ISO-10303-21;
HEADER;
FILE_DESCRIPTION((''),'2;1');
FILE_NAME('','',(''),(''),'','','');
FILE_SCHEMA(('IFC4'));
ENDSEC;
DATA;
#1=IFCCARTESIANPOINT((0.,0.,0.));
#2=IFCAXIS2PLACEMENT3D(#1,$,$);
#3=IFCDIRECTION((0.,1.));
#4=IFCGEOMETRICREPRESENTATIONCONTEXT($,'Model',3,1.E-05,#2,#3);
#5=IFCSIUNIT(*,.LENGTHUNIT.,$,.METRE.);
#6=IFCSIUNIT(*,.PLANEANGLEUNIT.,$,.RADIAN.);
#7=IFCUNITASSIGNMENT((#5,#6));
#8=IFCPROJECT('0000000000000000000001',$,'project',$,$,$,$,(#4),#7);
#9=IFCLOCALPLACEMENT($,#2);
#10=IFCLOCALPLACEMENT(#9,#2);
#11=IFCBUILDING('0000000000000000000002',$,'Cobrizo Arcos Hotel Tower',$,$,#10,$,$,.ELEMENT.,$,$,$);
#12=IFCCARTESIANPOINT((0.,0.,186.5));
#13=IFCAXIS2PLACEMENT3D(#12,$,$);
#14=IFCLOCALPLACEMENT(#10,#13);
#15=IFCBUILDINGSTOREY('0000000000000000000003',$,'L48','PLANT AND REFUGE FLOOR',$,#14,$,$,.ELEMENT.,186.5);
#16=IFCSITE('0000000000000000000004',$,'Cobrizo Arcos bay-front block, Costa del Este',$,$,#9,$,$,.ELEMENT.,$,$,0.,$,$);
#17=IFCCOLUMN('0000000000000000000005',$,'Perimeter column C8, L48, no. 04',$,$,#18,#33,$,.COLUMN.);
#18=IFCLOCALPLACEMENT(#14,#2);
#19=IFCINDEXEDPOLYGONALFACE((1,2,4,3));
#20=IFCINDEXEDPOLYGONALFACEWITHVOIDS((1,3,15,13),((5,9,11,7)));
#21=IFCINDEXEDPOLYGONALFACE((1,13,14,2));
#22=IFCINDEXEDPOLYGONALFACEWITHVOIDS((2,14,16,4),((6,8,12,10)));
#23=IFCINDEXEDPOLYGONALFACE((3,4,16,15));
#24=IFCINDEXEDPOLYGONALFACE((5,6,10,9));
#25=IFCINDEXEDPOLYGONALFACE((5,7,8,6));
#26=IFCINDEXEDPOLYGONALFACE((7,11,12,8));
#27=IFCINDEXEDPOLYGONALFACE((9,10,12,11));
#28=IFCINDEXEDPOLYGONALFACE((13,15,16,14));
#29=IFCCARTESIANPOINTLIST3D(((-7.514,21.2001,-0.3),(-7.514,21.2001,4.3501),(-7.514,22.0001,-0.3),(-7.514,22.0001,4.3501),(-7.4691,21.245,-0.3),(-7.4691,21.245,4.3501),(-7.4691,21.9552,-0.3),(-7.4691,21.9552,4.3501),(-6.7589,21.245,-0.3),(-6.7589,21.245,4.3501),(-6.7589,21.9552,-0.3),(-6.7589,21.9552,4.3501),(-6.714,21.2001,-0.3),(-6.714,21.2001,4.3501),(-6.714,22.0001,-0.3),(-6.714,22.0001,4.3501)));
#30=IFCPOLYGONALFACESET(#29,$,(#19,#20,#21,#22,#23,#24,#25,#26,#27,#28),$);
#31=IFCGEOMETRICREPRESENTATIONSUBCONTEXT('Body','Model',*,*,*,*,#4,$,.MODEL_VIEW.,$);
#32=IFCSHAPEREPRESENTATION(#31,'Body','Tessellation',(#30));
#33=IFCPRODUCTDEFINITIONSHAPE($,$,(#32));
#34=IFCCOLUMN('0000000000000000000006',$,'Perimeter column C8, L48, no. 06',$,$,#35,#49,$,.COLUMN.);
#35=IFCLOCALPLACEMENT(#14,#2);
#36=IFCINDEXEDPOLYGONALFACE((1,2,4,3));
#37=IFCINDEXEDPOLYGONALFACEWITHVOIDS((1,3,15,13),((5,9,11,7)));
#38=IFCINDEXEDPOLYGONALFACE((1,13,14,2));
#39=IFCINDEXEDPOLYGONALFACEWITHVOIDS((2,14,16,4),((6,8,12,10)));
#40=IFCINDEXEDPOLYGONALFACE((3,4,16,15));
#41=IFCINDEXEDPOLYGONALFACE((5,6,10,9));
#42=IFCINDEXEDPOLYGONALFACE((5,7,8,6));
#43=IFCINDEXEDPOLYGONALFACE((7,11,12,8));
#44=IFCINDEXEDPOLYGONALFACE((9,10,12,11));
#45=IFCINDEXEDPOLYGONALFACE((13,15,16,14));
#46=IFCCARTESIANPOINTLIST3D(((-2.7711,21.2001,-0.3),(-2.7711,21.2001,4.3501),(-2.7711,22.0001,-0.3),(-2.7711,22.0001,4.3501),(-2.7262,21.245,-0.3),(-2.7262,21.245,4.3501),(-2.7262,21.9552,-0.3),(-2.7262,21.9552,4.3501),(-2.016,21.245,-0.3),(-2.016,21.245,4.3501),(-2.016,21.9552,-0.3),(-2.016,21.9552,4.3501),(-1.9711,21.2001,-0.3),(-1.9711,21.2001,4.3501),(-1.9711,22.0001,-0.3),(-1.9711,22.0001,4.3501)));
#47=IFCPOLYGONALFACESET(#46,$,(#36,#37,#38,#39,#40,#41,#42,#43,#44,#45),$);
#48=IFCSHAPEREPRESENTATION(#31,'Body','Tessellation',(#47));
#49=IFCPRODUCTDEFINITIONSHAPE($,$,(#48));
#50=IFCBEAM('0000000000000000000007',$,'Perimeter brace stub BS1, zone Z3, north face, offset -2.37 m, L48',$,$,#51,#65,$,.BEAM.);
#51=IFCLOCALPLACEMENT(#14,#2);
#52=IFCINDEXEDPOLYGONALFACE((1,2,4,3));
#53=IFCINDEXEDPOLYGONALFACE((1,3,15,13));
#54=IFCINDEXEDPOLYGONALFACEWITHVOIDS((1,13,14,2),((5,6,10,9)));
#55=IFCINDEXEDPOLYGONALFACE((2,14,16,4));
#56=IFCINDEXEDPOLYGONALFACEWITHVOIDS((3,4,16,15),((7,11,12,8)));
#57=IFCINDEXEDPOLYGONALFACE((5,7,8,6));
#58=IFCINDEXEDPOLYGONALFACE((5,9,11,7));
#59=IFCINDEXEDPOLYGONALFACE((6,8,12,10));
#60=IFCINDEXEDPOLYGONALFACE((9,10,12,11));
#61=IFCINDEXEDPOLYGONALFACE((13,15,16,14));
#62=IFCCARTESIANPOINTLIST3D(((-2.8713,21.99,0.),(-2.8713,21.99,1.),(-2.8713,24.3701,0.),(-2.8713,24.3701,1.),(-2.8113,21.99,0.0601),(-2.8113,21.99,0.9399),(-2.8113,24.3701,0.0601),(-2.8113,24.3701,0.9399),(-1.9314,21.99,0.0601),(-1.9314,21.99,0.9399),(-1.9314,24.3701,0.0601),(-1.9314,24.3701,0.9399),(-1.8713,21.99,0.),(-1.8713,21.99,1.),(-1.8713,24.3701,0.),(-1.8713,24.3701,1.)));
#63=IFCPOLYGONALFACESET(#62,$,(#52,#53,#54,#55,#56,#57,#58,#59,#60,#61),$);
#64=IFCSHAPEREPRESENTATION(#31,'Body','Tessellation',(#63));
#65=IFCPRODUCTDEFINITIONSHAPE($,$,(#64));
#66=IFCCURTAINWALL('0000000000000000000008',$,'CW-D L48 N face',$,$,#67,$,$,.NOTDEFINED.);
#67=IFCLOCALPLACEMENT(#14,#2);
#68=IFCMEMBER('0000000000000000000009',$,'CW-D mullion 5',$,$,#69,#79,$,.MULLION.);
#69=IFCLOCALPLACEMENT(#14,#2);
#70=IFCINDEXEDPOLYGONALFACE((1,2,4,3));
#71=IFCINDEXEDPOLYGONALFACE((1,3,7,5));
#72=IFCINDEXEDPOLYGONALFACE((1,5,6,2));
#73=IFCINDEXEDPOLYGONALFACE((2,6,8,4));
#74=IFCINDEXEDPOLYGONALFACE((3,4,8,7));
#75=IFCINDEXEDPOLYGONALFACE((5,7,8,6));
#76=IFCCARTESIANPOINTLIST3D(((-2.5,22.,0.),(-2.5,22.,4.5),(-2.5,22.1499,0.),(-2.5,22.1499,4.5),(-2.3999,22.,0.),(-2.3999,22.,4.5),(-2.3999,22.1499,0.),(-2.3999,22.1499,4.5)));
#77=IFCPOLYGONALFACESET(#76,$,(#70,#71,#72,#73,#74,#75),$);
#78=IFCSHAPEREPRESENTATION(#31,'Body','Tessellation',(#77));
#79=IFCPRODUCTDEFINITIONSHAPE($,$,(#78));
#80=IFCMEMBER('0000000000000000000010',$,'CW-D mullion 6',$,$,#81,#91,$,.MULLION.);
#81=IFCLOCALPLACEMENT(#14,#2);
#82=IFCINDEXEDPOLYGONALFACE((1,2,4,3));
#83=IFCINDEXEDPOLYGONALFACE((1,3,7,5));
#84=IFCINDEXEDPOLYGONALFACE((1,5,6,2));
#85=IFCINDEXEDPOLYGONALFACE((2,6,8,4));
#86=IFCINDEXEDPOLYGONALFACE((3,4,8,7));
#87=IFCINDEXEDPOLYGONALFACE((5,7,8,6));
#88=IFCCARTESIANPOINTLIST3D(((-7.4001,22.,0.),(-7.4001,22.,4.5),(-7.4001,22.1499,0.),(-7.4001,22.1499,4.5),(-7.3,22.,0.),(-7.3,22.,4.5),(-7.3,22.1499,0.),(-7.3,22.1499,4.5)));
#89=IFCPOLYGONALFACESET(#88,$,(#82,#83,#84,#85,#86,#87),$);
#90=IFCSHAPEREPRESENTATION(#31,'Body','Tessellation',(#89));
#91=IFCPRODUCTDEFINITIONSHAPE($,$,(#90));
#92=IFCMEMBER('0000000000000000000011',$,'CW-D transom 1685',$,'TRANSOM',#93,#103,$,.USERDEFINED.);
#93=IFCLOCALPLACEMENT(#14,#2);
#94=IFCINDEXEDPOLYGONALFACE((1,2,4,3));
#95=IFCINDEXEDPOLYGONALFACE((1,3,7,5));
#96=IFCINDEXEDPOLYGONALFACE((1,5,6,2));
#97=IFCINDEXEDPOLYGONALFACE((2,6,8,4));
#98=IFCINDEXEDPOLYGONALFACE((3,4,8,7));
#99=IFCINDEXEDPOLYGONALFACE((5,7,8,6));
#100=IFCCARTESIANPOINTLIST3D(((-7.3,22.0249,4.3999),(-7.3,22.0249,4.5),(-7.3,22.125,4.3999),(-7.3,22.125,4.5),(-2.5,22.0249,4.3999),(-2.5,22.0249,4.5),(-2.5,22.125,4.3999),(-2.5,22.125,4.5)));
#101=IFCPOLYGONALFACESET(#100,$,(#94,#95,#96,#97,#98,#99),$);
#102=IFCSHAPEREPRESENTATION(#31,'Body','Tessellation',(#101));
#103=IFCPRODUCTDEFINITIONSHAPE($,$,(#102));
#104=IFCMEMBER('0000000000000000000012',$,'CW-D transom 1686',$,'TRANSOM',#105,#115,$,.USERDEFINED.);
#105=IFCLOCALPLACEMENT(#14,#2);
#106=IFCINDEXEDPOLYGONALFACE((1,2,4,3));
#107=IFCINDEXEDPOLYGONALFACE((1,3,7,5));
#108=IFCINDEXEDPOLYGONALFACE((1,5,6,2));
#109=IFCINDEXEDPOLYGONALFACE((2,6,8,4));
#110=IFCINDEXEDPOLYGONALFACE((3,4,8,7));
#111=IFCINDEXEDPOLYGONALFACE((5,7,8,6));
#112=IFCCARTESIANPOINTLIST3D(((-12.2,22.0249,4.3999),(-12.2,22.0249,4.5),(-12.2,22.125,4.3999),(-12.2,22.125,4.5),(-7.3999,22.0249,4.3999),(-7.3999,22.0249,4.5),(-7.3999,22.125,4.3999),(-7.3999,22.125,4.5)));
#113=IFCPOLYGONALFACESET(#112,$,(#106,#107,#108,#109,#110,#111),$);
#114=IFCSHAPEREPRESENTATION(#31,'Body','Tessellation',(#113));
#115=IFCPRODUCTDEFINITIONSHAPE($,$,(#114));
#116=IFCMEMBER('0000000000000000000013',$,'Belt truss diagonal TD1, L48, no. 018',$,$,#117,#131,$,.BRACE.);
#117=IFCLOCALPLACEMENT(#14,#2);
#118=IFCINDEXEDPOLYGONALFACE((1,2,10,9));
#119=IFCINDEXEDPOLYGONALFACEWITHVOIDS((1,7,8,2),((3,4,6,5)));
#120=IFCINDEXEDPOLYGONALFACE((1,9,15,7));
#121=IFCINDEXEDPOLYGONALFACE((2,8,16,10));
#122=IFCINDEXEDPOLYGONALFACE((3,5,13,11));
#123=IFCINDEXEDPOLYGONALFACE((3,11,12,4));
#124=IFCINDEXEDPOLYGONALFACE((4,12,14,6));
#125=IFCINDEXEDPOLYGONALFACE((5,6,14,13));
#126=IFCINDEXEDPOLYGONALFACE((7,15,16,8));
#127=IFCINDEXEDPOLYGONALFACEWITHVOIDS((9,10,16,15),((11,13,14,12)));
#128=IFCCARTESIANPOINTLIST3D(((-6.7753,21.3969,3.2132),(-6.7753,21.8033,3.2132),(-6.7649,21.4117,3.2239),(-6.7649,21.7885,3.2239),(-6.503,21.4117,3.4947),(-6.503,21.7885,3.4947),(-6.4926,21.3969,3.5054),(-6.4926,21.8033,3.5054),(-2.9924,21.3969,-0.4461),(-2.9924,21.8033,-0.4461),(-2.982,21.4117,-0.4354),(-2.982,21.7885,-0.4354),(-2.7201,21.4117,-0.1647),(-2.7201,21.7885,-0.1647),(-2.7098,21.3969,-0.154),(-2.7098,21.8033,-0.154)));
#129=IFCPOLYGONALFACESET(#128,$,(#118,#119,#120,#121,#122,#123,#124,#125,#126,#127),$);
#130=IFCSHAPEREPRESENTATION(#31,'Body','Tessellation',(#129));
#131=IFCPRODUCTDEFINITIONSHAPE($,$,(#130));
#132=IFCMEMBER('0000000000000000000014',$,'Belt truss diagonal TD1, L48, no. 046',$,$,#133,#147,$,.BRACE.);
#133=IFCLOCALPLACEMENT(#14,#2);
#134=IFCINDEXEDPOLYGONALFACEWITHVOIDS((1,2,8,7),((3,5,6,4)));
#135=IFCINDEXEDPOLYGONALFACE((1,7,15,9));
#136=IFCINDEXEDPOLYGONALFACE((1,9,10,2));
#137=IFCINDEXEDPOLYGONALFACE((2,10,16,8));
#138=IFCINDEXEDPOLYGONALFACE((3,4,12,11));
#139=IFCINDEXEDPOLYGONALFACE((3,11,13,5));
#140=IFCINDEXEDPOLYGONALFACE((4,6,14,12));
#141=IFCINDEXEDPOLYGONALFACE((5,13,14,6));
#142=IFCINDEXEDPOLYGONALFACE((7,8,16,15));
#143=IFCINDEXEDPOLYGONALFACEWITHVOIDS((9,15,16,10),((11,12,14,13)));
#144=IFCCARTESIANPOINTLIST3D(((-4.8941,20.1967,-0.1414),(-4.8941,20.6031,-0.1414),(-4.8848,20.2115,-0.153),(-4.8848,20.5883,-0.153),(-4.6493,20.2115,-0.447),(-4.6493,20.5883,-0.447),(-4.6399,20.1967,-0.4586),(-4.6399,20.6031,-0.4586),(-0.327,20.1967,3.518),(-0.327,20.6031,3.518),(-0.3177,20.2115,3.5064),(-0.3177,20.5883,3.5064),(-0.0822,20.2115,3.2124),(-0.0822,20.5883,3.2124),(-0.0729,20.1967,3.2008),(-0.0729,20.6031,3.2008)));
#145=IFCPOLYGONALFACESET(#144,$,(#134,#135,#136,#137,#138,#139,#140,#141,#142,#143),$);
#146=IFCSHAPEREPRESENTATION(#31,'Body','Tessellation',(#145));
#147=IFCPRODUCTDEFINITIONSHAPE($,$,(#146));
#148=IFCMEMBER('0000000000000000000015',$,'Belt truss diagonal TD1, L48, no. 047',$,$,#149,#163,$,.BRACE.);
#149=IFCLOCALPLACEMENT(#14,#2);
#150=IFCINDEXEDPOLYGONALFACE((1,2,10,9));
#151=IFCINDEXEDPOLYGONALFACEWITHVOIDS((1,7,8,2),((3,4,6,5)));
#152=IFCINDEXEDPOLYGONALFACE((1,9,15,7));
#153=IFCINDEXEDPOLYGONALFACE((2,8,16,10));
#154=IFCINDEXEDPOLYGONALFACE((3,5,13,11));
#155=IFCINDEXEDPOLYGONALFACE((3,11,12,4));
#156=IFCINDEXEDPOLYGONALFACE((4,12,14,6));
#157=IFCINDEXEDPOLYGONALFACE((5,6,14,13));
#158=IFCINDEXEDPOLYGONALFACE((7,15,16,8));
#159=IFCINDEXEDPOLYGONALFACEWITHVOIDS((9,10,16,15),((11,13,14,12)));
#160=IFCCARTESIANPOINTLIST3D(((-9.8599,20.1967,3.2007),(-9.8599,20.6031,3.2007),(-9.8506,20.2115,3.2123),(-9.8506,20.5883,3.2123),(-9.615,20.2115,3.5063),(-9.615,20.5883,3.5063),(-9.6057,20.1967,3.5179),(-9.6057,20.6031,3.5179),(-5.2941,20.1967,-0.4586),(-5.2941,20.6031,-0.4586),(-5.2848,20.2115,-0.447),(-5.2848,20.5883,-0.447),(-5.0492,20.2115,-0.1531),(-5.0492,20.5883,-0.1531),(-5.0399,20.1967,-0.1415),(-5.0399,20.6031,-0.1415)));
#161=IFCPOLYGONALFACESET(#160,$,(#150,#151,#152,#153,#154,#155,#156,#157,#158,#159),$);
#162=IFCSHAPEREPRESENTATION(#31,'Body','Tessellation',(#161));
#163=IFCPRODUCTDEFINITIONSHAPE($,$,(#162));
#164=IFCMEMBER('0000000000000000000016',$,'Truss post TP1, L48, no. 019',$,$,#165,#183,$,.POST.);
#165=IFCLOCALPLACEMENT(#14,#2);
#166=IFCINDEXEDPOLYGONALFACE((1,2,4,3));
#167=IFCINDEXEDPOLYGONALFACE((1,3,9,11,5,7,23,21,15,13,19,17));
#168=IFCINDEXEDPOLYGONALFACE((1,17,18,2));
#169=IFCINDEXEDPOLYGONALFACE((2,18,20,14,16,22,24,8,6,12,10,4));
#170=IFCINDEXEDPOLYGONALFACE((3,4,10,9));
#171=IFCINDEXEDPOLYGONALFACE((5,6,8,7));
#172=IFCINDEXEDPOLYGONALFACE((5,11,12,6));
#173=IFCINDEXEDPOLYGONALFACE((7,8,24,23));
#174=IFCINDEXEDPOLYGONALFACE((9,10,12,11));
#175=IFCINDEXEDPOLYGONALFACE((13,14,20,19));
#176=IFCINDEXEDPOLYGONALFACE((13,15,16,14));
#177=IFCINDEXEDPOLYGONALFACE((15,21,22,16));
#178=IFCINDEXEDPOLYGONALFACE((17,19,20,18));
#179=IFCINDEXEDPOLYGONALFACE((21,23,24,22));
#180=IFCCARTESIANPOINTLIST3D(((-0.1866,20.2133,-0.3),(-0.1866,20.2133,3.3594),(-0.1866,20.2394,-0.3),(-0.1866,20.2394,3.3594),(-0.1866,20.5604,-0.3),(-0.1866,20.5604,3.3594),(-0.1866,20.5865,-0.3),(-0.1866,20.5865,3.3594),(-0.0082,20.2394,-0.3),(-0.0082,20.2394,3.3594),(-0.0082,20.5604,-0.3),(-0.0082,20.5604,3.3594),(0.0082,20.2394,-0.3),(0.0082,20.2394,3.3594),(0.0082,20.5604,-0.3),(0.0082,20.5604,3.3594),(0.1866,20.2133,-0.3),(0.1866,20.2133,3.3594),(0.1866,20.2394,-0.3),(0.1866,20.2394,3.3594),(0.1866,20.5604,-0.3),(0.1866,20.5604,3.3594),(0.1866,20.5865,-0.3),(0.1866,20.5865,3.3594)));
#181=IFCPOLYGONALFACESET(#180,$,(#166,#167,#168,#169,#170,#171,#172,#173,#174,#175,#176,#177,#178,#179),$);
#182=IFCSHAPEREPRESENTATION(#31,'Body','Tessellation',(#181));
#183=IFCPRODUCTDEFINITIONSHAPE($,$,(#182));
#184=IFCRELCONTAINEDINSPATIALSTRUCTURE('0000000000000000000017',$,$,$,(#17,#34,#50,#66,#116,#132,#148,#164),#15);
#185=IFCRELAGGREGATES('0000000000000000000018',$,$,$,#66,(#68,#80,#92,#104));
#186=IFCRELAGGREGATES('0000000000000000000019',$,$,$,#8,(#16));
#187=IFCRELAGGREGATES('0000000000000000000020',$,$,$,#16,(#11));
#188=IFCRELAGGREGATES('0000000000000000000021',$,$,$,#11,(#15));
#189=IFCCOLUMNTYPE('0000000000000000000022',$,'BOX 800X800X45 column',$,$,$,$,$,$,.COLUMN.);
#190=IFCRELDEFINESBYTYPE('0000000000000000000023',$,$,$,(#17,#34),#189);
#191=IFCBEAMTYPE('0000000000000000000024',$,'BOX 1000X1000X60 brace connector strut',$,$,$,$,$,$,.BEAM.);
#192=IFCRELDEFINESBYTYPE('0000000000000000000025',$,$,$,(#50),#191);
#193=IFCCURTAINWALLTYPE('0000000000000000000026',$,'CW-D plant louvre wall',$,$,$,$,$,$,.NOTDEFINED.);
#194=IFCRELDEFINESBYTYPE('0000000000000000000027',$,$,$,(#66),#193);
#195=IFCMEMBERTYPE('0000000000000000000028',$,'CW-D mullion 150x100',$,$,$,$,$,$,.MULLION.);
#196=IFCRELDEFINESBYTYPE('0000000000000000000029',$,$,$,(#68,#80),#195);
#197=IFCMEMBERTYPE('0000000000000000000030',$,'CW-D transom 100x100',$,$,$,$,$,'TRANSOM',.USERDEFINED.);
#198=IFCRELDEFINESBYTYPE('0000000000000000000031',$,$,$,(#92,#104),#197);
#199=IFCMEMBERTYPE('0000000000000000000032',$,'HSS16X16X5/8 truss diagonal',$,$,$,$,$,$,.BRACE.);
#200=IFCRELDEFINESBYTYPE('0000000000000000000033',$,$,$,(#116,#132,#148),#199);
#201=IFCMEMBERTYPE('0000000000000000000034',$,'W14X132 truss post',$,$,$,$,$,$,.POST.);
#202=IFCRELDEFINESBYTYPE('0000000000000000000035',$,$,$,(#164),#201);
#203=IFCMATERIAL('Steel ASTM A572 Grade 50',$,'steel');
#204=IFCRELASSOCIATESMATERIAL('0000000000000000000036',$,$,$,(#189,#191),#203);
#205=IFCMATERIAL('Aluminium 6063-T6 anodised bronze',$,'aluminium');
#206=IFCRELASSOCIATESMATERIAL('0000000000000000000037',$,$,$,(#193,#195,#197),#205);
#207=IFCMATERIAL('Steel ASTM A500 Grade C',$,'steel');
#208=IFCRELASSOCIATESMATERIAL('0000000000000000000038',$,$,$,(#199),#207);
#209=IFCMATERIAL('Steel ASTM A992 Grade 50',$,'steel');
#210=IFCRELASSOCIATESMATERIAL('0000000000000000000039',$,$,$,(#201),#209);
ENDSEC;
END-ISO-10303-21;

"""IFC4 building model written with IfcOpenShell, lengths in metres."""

from ifc_helpers import new_model, si_unit, direction, frame, origin, origin_2d, place, context, subcontext, project, spatial, rectangle, hollow_rectangle, i_section, extrude, material, material_profile, profile_set, type_object, element, aggregate, save


model = new_model("IFC4")

# Units and contexts
model_context = context("Model", 3, precision=1e-05, world=origin(), true_north=direction((0.0, 1.0)))
body_context = subcontext(model_context, "Body", "Model", "MODEL_VIEW")
ifc_project = project(units=[si_unit("LENGTHUNIT", "METRE"), si_unit("PLANEANGLEUNIT", "RADIAN")], contexts=[model_context])

# Site, building, storey
site_placement = place(None, origin())
site = spatial("IfcSite", under=ifc_project, at=site_placement, Name="Cobrizo Arcos bay-front block, Costa del Este", CompositionType="ELEMENT", RefElevation=0.0)
building_placement = place(site_placement, origin())
building = spatial("IfcBuilding", under=site, at=building_placement, Name="Cobrizo Arcos Hotel Tower", CompositionType="ELEMENT")
storey_placement = place(building_placement, frame((0.0, 0.0, 186.5)))
storey = spatial("IfcBuildingStorey", under=building, at=storey_placement, Name="L48", Description="PLANT AND REFUGE FLOOR", CompositionType="ELEMENT", Elevation=186.5)

# Columns
ifc_material_1 = material(Name="Steel ASTM A572 Grade 50", Category="steel")
ifc_material_profile_1 = material_profile(ifc_material_1, hollow_rectangle(XDim=0.8, YDim=0.8, WallThickness=0.0449, at=origin_2d()), Name="BOX 800X800X45")
ifc_profile_set_1 = profile_set([ifc_material_profile_1], Name="Steel ASTM A572 Grade 50")
column_type = type_object("IfcColumnType", Name="BOX 800X800X45 column", PredefinedType="COLUMN", material=ifc_profile_set_1)
for number, where, z_axis, x_axis, name in (
    (1, (-7.114, 21.6001, -0.3), (0.0, 0.0, 1.0), (1.0, 0.0, 0.0), "Perimeter column C8, L48, no. 04"),
    (2, (-2.3711, 21.6001, -0.3), (0.0, 0.0, 1.0), (1.0, 0.0, 0.0), "Perimeter column C8, L48, no. 06"),
):
    element("IfcColumn", number, at=place(storey_placement, frame(where, z_axis=z_axis, x_axis=x_axis)), inside=storey, type_object=column_type, Name=name, PredefinedType="COLUMN", context=body_context, shape_type="SweptSolid", body=[
        extrude(hollow_rectangle(XDim=0.8, YDim=0.8, WallThickness=0.0449, at=origin_2d()), origin(), (0.0, 0.0, 1.0), 4.6501),
    ])

# Beam
ifc_material_profile_2 = material_profile(ifc_material_1, hollow_rectangle(XDim=1.0, YDim=1.0, WallThickness=0.0601, at=origin_2d()), Name="BOX 1000X1000X60")
ifc_profile_set_2 = profile_set([ifc_material_profile_2], Name="Steel ASTM A572 Grade 50")
beam_type = type_object("IfcBeamType", Name="BOX 1000X1000X60 brace connector strut", PredefinedType="BEAM", material=ifc_profile_set_2)
beam_placement = place(storey_placement, frame((-2.3713, 21.99, 0.5), z_axis=(0.0, 1.0, 0.0), x_axis=(-1.0, 0.0, 0.0)))
element("IfcBeam", 3, at=beam_placement, inside=storey, type_object=beam_type, Name="Perimeter brace stub BS1, zone Z3, north face, offset -2.37 m, L48", PredefinedType="BEAM", context=body_context, shape_type="SweptSolid", body=[
    extrude(hollow_rectangle(XDim=1.0, YDim=1.0, WallThickness=0.0601, at=origin_2d()), origin(), (0.0, 0.0, 1.0), 2.3801),
])

# Curtain wall, members
ifc_material_2 = material(Name="Aluminium 6063-T6 anodised bronze", Category="aluminium")
curtain_wall_type = type_object("IfcCurtainWallType", Name="CW-D plant louvre wall", PredefinedType="NOTDEFINED", material=ifc_material_2)
curtain_wall_placement = place(storey_placement, origin())
curtain_wall = element("IfcCurtainWall", 4, at=curtain_wall_placement, inside=storey, type_object=curtain_wall_type, Name="CW-D L48 N face", PredefinedType="NOTDEFINED")
ifc_material_profile_3 = material_profile(ifc_material_2, rectangle(XDim=0.1499, YDim=0.1001, at=origin_2d()), Name="CW-D mullion 150x100")
ifc_profile_set_3 = profile_set([ifc_material_profile_3], Name="Aluminium 6063-T6 anodised bronze")
member_type_1 = type_object("IfcMemberType", Name="CW-D mullion 150x100", PredefinedType="MULLION", material=ifc_profile_set_3)
member_1_placement = place(storey_placement, frame((-2.45, 22.075, 0.0), z_axis=(0.0, 0.0, 1.0), x_axis=(0.0, 1.0, 0.0)))
member_1 = element("IfcMember", 5, at=member_1_placement, type_object=member_type_1, Name="CW-D mullion 5", PredefinedType="MULLION", context=body_context, shape_type="SweptSolid", body=[
    extrude(rectangle(XDim=0.1499, YDim=0.1001, at=origin_2d()), origin(), (0.0, 0.0, 1.0), 4.5),
])
member_2_placement = place(storey_placement, frame((-7.3501, 22.075, 0.0), z_axis=(0.0, 0.0, 1.0), x_axis=(0.0, 1.0, 0.0)))
member_2 = element("IfcMember", 6, at=member_2_placement, type_object=member_type_1, Name="CW-D mullion 6", PredefinedType="MULLION", context=body_context, shape_type="SweptSolid", body=[
    extrude(rectangle(XDim=0.1499, YDim=0.1001, at=origin_2d()), origin(), (0.0, 0.0, 1.0), 4.5),
])
ifc_material_profile_4 = material_profile(ifc_material_2, rectangle(XDim=0.1001, YDim=0.1001, at=origin_2d()), Name="CW-D transom 100x100")
ifc_profile_set_4 = profile_set([ifc_material_profile_4], Name="Aluminium 6063-T6 anodised bronze")
member_type_2 = type_object("IfcMemberType", Name="CW-D transom 100x100", ElementType="TRANSOM", PredefinedType="USERDEFINED", material=ifc_profile_set_4)
member_3_placement = place(storey_placement, frame((-2.5, 22.075, 4.45), z_axis=(-1.0, 0.0, 0.0), x_axis=(0.0, -1.0, 0.0)))
member_3 = element("IfcMember", 7, at=member_3_placement, type_object=member_type_2, Name="CW-D transom 1685", ObjectType="TRANSOM", PredefinedType="USERDEFINED", context=body_context, shape_type="SweptSolid", body=[
    extrude(rectangle(XDim=0.1001, YDim=0.1001, at=origin_2d()), origin(), (0.0, 0.0, 1.0), 4.8),
])
member_4_placement = place(storey_placement, frame((-7.3999, 22.075, 4.45), z_axis=(-1.0, 0.0, 0.0), x_axis=(0.0, -1.0, 0.0)))
member_4 = element("IfcMember", 8, at=member_4_placement, type_object=member_type_2, Name="CW-D transom 1686", ObjectType="TRANSOM", PredefinedType="USERDEFINED", context=body_context, shape_type="SweptSolid", body=[
    extrude(rectangle(XDim=0.1001, YDim=0.1001, at=origin_2d()), origin(), (0.0, 0.0, 1.0), 4.8),
])

# Members
ifc_material_3 = material(Name="Steel ASTM A500 Grade C", Category="steel")
ifc_material_profile_5 = material_profile(ifc_material_3, hollow_rectangle(XDim=0.4065, YDim=0.4065, WallThickness=0.0149, at=origin_2d()), Name="HSS16X16X5/8")
ifc_profile_set_5 = profile_set([ifc_material_profile_5], Name="Steel ASTM A500 Grade C")
member_type_3 = type_object("IfcMemberType", Name="HSS16X16X5/8 truss diagonal", PredefinedType="BRACE", material=ifc_profile_set_5)
member_5_placement = place(storey_placement, frame((-2.8511, 21.6001, -0.3), z_axis=(-0.718745, 0.0, 0.695274), x_axis=(0.0, -1.0, 0.0)))
element("IfcMember", 9, at=member_5_placement, inside=storey, type_object=member_type_3, Name="Belt truss diagonal TD1, L48, no. 018", PredefinedType="BRACE", context=body_context, shape_type="SweptSolid", body=[
    extrude(hollow_rectangle(XDim=0.4065, YDim=0.4065, WallThickness=0.0149, at=origin_2d()), origin(), (0.0, 0.0, 1.0), 5.2632),
])
member_6_placement = place(storey_placement, frame((-0.2, 20.3999, 3.3594), z_axis=(-0.780392, 0.0, -0.62529), x_axis=(0.0, -1.0, 0.0)))
element("IfcMember", 10, at=member_6_placement, inside=storey, type_object=member_type_3, Name="Belt truss diagonal TD1, L48, no. 046", PredefinedType="BRACE", context=body_context, shape_type="SweptSolid", body=[
    extrude(hollow_rectangle(XDim=0.4065, YDim=0.4065, WallThickness=0.0149, at=origin_2d()), origin(), (0.0, 0.0, 1.0), 5.8523),
])
member_7_placement = place(storey_placement, frame((-5.167, 20.3999, -0.3), z_axis=(-0.780311, 0.0, 0.625392), x_axis=(0.0, -1.0, 0.0)))
element("IfcMember", 11, at=member_7_placement, inside=storey, type_object=member_type_3, Name="Belt truss diagonal TD1, L48, no. 047", PredefinedType="BRACE", context=body_context, shape_type="SweptSolid", body=[
    extrude(hollow_rectangle(XDim=0.4065, YDim=0.4065, WallThickness=0.0149, at=origin_2d()), origin(), (0.0, 0.0, 1.0), 5.8513),
])
ifc_material_4 = material(Name="Steel ASTM A992 Grade 50", Category="steel")
ifc_material_profile_6 = material_profile(ifc_material_4, i_section(OverallWidth=0.3733, OverallDepth=0.3733, WebThickness=0.0164, FlangeThickness=0.0261, at=origin_2d()), Name="W14X132")
ifc_profile_set_6 = profile_set([ifc_material_profile_6], Name="Steel ASTM A992 Grade 50")
member_type_4 = type_object("IfcMemberType", Name="W14X132 truss post", PredefinedType="POST", material=ifc_profile_set_6)
for number, where, z_axis, x_axis, name in (
    (12, (0.0, 20.3999, -0.3), (0.0, 0.0, 1.0), (1.0, 0.0, 0.0), "Truss post TP1, L48, no. 019"),
):
    element("IfcMember", number, at=place(storey_placement, frame(where, z_axis=z_axis, x_axis=x_axis)), inside=storey, type_object=member_type_4, Name=name, PredefinedType="POST", context=body_context, shape_type="SweptSolid", body=[
        extrude(i_section(OverallWidth=0.3733, OverallDepth=0.3733, WebThickness=0.0164, FlangeThickness=0.0261, at=origin_2d()), origin(), (0.0, 0.0, 1.0), 3.6594),
    ])

aggregate(curtain_wall, [member_1, member_2, member_3, member_4])

save(model, "model.ifc")
